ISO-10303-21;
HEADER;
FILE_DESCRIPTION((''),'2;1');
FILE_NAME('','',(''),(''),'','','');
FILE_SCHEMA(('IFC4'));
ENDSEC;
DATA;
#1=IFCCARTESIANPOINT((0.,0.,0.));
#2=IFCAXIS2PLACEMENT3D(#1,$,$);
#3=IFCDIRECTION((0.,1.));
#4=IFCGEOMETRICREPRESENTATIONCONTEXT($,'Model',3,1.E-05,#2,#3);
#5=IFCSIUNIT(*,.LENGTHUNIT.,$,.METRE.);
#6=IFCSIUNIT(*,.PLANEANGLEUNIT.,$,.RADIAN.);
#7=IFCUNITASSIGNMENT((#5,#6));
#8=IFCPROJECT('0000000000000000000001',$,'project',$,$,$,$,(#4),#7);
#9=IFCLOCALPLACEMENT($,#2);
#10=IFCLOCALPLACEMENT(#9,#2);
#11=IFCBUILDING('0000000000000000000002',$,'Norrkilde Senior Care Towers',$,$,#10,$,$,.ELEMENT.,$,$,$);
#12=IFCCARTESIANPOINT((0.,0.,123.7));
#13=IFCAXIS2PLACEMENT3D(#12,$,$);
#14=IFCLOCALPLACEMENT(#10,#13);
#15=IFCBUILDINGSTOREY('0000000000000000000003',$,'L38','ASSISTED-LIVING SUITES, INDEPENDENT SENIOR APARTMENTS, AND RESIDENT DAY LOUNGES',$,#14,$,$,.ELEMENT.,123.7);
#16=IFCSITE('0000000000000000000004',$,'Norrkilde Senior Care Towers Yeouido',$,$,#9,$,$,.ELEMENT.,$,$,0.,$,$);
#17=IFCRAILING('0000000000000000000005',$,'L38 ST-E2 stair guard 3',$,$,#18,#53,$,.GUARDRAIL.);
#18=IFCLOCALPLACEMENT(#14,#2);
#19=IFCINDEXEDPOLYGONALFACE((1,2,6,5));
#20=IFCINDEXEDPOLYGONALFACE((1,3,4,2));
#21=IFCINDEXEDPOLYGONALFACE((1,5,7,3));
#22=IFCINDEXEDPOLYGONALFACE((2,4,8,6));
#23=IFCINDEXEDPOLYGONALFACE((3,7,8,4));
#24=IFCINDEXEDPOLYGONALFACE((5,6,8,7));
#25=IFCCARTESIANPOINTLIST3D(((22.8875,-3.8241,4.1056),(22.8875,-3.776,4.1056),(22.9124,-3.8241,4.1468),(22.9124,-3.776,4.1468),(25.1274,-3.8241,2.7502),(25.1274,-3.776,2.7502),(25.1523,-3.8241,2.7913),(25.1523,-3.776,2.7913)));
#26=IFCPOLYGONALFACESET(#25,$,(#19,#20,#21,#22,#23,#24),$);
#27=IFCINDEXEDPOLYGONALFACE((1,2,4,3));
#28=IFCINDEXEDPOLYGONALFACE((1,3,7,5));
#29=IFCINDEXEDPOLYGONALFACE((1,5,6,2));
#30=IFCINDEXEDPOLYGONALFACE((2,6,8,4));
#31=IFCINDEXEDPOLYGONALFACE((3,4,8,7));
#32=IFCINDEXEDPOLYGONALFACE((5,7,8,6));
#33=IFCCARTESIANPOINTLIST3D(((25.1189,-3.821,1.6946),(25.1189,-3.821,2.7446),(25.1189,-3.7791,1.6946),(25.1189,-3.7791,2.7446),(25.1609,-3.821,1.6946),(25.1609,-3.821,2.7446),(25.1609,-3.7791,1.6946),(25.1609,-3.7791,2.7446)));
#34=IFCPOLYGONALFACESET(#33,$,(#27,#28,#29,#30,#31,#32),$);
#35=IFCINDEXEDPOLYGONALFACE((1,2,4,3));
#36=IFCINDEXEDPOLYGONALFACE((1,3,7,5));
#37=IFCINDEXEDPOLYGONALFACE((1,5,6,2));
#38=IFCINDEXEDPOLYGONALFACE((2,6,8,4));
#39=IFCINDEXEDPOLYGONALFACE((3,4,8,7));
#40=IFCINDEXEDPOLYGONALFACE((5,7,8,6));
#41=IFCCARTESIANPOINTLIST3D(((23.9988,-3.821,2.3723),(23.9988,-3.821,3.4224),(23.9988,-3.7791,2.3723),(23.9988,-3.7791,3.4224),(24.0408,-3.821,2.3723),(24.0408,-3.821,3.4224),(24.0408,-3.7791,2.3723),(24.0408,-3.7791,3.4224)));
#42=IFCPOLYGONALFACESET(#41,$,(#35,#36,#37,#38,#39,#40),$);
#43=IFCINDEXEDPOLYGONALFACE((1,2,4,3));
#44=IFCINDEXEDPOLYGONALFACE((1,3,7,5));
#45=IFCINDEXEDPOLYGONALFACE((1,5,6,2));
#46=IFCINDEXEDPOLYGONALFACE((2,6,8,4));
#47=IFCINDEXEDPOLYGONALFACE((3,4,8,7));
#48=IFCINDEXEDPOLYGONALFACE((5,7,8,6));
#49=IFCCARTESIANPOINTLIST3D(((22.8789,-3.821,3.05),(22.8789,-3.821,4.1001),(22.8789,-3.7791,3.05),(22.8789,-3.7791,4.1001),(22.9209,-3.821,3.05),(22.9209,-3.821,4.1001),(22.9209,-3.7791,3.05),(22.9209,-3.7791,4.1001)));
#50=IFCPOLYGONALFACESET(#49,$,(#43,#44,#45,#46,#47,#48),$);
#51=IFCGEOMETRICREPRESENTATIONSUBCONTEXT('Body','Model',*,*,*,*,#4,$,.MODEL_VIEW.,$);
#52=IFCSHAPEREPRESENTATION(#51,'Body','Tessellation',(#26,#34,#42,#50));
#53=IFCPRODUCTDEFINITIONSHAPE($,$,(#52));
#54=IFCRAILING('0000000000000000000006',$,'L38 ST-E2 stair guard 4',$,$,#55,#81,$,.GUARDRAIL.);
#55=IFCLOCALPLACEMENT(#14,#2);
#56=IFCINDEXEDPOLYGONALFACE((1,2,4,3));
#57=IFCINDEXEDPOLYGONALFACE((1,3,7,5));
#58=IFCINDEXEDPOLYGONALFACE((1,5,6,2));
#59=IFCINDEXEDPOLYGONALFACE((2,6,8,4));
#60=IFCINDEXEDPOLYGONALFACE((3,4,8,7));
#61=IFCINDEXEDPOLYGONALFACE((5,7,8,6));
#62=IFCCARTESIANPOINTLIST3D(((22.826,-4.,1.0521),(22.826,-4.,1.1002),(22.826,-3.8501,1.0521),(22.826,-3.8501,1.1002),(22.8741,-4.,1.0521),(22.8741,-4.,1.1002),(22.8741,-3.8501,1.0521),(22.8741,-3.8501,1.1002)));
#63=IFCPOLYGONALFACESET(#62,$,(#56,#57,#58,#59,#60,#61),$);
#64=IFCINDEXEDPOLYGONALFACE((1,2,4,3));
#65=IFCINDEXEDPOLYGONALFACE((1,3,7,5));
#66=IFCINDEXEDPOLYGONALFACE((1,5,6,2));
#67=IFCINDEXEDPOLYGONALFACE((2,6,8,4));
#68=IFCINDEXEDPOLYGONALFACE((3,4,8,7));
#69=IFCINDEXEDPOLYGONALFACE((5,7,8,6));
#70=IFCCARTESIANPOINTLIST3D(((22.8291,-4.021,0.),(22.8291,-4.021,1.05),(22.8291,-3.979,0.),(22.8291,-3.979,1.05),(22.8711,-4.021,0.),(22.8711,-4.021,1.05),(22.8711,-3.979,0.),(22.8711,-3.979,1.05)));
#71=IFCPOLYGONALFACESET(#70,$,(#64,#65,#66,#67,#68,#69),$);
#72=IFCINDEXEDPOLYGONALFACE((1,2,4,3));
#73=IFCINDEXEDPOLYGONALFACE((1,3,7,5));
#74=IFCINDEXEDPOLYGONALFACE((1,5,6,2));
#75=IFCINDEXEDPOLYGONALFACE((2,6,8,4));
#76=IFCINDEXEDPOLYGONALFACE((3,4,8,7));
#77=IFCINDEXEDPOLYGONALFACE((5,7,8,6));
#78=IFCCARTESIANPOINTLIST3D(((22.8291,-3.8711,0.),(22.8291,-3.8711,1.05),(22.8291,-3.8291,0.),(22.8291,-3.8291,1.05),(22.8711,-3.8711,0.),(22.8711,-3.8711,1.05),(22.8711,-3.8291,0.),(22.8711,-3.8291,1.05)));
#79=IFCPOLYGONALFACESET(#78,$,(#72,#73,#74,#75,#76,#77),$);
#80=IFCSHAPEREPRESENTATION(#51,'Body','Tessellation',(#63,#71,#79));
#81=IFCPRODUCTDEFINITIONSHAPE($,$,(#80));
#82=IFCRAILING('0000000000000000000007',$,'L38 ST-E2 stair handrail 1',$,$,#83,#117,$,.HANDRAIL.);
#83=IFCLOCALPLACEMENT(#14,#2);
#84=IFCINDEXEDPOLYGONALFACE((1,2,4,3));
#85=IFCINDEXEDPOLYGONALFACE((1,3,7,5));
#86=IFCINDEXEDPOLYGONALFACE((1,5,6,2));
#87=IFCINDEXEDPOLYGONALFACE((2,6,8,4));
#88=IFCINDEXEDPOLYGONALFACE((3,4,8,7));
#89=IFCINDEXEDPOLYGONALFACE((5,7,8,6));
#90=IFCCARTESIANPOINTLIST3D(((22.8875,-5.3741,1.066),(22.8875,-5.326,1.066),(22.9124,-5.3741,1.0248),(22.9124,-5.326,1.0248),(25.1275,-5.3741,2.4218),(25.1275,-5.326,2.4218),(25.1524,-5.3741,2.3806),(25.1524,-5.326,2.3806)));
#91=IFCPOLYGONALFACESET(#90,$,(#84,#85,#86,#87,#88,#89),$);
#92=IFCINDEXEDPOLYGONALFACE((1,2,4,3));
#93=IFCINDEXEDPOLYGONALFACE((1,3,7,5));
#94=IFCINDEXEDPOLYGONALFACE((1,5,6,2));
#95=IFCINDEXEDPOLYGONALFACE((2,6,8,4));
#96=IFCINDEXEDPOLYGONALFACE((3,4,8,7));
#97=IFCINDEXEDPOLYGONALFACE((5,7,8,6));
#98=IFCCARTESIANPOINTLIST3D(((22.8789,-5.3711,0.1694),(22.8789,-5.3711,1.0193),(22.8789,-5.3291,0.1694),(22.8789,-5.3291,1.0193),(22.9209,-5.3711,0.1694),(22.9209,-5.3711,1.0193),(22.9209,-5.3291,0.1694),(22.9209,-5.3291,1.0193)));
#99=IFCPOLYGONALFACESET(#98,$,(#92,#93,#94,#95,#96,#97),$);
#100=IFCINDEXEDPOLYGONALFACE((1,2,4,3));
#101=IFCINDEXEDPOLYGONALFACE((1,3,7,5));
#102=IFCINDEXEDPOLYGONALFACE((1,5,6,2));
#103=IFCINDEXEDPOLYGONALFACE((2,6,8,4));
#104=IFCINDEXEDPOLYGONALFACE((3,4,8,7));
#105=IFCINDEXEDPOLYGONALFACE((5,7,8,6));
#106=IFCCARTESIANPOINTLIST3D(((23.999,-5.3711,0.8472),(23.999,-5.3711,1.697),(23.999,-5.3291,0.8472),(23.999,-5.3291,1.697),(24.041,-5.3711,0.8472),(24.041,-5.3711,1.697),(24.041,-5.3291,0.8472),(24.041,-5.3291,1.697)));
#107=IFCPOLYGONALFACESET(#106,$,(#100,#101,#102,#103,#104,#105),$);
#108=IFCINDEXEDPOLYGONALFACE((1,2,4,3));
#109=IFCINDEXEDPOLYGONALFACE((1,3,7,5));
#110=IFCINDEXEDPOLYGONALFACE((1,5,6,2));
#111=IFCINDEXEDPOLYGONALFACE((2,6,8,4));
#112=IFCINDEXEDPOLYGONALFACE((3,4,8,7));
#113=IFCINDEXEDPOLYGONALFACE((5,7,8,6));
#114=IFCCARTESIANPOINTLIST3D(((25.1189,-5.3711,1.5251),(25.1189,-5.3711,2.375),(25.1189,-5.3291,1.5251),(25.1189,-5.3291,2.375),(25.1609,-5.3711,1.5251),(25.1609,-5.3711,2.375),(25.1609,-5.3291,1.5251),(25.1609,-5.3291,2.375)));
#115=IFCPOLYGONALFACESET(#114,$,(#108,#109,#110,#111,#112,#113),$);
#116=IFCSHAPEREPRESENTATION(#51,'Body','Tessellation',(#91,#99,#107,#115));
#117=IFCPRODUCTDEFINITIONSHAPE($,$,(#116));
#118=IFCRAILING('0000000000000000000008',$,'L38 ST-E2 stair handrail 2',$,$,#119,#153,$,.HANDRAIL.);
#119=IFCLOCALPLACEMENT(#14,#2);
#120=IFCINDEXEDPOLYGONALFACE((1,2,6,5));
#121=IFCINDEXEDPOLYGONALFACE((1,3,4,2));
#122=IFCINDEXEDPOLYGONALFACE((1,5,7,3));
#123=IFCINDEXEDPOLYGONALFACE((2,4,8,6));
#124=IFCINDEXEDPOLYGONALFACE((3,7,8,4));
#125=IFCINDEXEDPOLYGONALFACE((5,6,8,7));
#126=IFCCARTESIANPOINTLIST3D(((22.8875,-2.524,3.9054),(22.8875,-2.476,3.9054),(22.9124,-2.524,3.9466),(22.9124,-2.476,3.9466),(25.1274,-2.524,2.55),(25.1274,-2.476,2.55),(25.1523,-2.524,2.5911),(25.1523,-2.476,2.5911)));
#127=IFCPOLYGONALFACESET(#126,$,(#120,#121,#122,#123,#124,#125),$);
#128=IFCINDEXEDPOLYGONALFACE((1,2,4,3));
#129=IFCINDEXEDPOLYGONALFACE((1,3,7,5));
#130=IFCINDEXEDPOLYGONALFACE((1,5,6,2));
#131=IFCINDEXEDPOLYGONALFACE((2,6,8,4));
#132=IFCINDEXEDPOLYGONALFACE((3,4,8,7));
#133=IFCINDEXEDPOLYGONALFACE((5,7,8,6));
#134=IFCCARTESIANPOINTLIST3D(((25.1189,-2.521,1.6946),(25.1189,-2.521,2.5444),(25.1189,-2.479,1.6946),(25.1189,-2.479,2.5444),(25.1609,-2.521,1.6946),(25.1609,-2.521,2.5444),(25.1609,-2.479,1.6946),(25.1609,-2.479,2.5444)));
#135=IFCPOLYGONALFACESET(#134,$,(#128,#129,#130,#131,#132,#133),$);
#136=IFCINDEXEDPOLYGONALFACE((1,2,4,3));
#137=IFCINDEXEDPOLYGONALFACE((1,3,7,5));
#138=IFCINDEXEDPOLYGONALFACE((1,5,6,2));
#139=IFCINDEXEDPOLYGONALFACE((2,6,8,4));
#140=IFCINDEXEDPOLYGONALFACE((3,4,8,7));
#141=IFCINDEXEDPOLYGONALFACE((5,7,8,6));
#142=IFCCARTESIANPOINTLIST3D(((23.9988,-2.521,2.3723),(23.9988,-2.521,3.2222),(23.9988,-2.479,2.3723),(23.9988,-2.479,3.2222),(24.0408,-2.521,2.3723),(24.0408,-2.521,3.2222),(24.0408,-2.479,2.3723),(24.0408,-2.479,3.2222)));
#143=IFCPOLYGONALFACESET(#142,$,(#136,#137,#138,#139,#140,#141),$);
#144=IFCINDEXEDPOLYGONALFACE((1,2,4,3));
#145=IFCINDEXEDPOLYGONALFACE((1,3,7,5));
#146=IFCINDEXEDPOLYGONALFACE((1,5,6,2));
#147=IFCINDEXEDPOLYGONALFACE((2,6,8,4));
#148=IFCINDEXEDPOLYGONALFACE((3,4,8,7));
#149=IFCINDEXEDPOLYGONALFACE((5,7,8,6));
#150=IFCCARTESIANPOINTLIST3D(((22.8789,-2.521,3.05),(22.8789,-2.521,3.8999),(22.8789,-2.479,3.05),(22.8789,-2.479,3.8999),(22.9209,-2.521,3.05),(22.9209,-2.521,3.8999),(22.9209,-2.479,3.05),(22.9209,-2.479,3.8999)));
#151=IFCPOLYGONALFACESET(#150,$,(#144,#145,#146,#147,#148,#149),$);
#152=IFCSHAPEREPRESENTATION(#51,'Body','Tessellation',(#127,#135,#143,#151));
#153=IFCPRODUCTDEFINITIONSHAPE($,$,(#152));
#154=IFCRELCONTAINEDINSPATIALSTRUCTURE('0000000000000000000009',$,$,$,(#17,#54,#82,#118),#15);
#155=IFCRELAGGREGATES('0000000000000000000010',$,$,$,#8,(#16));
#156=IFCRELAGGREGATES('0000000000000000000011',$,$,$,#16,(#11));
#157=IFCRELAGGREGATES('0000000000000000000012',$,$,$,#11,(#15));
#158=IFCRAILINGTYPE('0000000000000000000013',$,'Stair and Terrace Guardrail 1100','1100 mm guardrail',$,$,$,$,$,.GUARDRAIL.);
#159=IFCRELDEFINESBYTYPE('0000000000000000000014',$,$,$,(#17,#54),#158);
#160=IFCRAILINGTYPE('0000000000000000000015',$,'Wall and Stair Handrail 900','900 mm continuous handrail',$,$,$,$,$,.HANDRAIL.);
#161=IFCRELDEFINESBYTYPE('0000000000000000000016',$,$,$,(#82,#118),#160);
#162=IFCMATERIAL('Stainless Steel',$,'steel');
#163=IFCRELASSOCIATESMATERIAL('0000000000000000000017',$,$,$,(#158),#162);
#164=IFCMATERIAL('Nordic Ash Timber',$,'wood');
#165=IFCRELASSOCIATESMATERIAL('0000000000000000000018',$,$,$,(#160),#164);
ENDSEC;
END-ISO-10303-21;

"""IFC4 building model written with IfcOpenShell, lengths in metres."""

from ifc_helpers import new_model, si_unit, direction, frame, origin, origin_2d, place, context, subcontext, project, spatial, rectangle, extrude, material, type_object, element, save


model = new_model("IFC4")

# Units and contexts
model_context = context("Model", 3, precision=1e-05, world=origin(), true_north=direction((0.0, 1.0)))
body_context = subcontext(model_context, "Body", "Model", "MODEL_VIEW")
ifc_project = project(units=[si_unit("LENGTHUNIT", "METRE"), si_unit("PLANEANGLEUNIT", "RADIAN")], contexts=[model_context])

# Site, building, storey
site_placement = place(None, origin())
site = spatial("IfcSite", under=ifc_project, at=site_placement, Name="Norrkilde Senior Care Towers Yeouido", CompositionType="ELEMENT", RefElevation=0.0)
building_placement = place(site_placement, origin())
building = spatial("IfcBuilding", under=site, at=building_placement, Name="Norrkilde Senior Care Towers", CompositionType="ELEMENT")
storey_placement = place(building_placement, frame((0.0, 0.0, 123.7)))
storey = spatial("IfcBuildingStorey", under=building, at=storey_placement, Name="L38", Description="ASSISTED-LIVING SUITES, INDEPENDENT SENIOR APARTMENTS, AND RESIDENT DAY LOUNGES", CompositionType="ELEMENT", Elevation=123.7)

# Shared definitions
ifc_material_1 = material(Name="Nordic Ash Timber", Category="wood")

# Railings
ifc_material_2 = material(Name="Stainless Steel", Category="steel")
railing_type_1 = type_object("IfcRailingType", Name="Stair and Terrace Guardrail 1100", Description="1100 mm guardrail", PredefinedType="GUARDRAIL", material=ifc_material_2)
railing_1_placement = place(storey_placement, frame((25.1399, -3.8, 1.6946)))
element("IfcRailing", 1, at=railing_1_placement, inside=storey, type_object=railing_type_1, Name="L38 ST-E2 stair guard 3", PredefinedType="GUARDRAIL", context=body_context, shape_type="SweptSolid", body=[
    extrude(rectangle(XDim=0.0481, YDim=0.0481, at=origin_2d()), frame((0.0, 0.0, 1.0762), z_axis=(-0.855553, 0.0, 0.517715), x_axis=(0.0, -1.0, 0.0)), (0.0, 0.0, 1.0), 2.6182),
    extrude(rectangle(XDim=0.042, YDim=0.042, at=origin_2d()), origin(), (0.0, 0.0, 1.0), 1.05),
    extrude(rectangle(XDim=0.042, YDim=0.042, at=origin_2d()), frame((-1.1201, 0.0, 0.6777)), (0.0, 0.0, 1.0), 1.05),
    extrude(rectangle(XDim=0.042, YDim=0.042, at=origin_2d()), frame((-2.24, 0.0, 1.3555)), (0.0, 0.0, 1.0), 1.05),
])
railing_2_placement = place(storey_placement, frame((22.8501, -4.0, 0.0)))
element("IfcRailing", 2, at=railing_2_placement, inside=storey, type_object=railing_type_1, Name="L38 ST-E2 stair guard 4", PredefinedType="GUARDRAIL", context=body_context, shape_type="SweptSolid", body=[
    extrude(rectangle(XDim=0.0481, YDim=0.0481, at=origin_2d()), frame((0.0, 0.0, 1.0762), z_axis=(0.0, 1.0, 0.0), x_axis=(-1.0, 0.0, 0.0)), (0.0, 0.0, 1.0), 0.1499),
    extrude(rectangle(XDim=0.042, YDim=0.042, at=origin_2d()), origin(), (0.0, 0.0, 1.0), 1.05),
    extrude(rectangle(XDim=0.042, YDim=0.042, at=origin_2d()), frame((0.0, 0.1499, 0.0)), (0.0, 0.0, 1.0), 1.05),
])
railing_type_2 = type_object("IfcRailingType", Name="Wall and Stair Handrail 900", Description="900 mm continuous handrail", PredefinedType="HANDRAIL", material=ifc_material_1)
railing_3_placement = place(storey_placement, frame((22.8999, -5.3501, 0.1694)))
element("IfcRailing", 3, at=railing_3_placement, inside=storey, type_object=railing_type_2, Name="L38 ST-E2 stair handrail 1", PredefinedType="HANDRAIL", context=body_context, shape_type="SweptSolid", body=[
    extrude(rectangle(XDim=0.0481, YDim=0.0481, at=origin_2d()), frame((0.0, 0.0, 0.876), z_axis=(0.855512, 0.0, 0.517783), x_axis=(0.0, 1.0, 0.0)), (0.0, 0.0, 1.0), 2.6184),
    extrude(rectangle(XDim=0.042, YDim=0.042, at=origin_2d()), origin(), (0.0, 0.0, 1.0), 0.8499),
    extrude(rectangle(XDim=0.042, YDim=0.042, at=origin_2d()), frame((1.1201, 0.0, 0.6777)), (0.0, 0.0, 1.0), 0.8499),
    extrude(rectangle(XDim=0.042, YDim=0.042, at=origin_2d()), frame((2.24, 0.0, 1.3557)), (0.0, 0.0, 1.0), 0.8499),
])
railing_4_placement = place(storey_placement, frame((25.1399, -2.5, 1.6946)))
element("IfcRailing", 4, at=railing_4_placement, inside=storey, type_object=railing_type_2, Name="L38 ST-E2 stair handrail 2", PredefinedType="HANDRAIL", context=body_context, shape_type="SweptSolid", body=[
    extrude(rectangle(XDim=0.0481, YDim=0.0481, at=origin_2d()), frame((0.0, 0.0, 0.876), z_axis=(-0.855553, 0.0, 0.517715), x_axis=(0.0, -1.0, 0.0)), (0.0, 0.0, 1.0), 2.6182),
    extrude(rectangle(XDim=0.042, YDim=0.042, at=origin_2d()), origin(), (0.0, 0.0, 1.0), 0.8499),
    extrude(rectangle(XDim=0.042, YDim=0.042, at=origin_2d()), frame((-1.1201, 0.0, 0.6777)), (0.0, 0.0, 1.0), 0.8499),
    extrude(rectangle(XDim=0.042, YDim=0.042, at=origin_2d()), frame((-2.24, 0.0, 1.3555)), (0.0, 0.0, 1.0), 0.8499),
])

save(model, "model.ifc")
